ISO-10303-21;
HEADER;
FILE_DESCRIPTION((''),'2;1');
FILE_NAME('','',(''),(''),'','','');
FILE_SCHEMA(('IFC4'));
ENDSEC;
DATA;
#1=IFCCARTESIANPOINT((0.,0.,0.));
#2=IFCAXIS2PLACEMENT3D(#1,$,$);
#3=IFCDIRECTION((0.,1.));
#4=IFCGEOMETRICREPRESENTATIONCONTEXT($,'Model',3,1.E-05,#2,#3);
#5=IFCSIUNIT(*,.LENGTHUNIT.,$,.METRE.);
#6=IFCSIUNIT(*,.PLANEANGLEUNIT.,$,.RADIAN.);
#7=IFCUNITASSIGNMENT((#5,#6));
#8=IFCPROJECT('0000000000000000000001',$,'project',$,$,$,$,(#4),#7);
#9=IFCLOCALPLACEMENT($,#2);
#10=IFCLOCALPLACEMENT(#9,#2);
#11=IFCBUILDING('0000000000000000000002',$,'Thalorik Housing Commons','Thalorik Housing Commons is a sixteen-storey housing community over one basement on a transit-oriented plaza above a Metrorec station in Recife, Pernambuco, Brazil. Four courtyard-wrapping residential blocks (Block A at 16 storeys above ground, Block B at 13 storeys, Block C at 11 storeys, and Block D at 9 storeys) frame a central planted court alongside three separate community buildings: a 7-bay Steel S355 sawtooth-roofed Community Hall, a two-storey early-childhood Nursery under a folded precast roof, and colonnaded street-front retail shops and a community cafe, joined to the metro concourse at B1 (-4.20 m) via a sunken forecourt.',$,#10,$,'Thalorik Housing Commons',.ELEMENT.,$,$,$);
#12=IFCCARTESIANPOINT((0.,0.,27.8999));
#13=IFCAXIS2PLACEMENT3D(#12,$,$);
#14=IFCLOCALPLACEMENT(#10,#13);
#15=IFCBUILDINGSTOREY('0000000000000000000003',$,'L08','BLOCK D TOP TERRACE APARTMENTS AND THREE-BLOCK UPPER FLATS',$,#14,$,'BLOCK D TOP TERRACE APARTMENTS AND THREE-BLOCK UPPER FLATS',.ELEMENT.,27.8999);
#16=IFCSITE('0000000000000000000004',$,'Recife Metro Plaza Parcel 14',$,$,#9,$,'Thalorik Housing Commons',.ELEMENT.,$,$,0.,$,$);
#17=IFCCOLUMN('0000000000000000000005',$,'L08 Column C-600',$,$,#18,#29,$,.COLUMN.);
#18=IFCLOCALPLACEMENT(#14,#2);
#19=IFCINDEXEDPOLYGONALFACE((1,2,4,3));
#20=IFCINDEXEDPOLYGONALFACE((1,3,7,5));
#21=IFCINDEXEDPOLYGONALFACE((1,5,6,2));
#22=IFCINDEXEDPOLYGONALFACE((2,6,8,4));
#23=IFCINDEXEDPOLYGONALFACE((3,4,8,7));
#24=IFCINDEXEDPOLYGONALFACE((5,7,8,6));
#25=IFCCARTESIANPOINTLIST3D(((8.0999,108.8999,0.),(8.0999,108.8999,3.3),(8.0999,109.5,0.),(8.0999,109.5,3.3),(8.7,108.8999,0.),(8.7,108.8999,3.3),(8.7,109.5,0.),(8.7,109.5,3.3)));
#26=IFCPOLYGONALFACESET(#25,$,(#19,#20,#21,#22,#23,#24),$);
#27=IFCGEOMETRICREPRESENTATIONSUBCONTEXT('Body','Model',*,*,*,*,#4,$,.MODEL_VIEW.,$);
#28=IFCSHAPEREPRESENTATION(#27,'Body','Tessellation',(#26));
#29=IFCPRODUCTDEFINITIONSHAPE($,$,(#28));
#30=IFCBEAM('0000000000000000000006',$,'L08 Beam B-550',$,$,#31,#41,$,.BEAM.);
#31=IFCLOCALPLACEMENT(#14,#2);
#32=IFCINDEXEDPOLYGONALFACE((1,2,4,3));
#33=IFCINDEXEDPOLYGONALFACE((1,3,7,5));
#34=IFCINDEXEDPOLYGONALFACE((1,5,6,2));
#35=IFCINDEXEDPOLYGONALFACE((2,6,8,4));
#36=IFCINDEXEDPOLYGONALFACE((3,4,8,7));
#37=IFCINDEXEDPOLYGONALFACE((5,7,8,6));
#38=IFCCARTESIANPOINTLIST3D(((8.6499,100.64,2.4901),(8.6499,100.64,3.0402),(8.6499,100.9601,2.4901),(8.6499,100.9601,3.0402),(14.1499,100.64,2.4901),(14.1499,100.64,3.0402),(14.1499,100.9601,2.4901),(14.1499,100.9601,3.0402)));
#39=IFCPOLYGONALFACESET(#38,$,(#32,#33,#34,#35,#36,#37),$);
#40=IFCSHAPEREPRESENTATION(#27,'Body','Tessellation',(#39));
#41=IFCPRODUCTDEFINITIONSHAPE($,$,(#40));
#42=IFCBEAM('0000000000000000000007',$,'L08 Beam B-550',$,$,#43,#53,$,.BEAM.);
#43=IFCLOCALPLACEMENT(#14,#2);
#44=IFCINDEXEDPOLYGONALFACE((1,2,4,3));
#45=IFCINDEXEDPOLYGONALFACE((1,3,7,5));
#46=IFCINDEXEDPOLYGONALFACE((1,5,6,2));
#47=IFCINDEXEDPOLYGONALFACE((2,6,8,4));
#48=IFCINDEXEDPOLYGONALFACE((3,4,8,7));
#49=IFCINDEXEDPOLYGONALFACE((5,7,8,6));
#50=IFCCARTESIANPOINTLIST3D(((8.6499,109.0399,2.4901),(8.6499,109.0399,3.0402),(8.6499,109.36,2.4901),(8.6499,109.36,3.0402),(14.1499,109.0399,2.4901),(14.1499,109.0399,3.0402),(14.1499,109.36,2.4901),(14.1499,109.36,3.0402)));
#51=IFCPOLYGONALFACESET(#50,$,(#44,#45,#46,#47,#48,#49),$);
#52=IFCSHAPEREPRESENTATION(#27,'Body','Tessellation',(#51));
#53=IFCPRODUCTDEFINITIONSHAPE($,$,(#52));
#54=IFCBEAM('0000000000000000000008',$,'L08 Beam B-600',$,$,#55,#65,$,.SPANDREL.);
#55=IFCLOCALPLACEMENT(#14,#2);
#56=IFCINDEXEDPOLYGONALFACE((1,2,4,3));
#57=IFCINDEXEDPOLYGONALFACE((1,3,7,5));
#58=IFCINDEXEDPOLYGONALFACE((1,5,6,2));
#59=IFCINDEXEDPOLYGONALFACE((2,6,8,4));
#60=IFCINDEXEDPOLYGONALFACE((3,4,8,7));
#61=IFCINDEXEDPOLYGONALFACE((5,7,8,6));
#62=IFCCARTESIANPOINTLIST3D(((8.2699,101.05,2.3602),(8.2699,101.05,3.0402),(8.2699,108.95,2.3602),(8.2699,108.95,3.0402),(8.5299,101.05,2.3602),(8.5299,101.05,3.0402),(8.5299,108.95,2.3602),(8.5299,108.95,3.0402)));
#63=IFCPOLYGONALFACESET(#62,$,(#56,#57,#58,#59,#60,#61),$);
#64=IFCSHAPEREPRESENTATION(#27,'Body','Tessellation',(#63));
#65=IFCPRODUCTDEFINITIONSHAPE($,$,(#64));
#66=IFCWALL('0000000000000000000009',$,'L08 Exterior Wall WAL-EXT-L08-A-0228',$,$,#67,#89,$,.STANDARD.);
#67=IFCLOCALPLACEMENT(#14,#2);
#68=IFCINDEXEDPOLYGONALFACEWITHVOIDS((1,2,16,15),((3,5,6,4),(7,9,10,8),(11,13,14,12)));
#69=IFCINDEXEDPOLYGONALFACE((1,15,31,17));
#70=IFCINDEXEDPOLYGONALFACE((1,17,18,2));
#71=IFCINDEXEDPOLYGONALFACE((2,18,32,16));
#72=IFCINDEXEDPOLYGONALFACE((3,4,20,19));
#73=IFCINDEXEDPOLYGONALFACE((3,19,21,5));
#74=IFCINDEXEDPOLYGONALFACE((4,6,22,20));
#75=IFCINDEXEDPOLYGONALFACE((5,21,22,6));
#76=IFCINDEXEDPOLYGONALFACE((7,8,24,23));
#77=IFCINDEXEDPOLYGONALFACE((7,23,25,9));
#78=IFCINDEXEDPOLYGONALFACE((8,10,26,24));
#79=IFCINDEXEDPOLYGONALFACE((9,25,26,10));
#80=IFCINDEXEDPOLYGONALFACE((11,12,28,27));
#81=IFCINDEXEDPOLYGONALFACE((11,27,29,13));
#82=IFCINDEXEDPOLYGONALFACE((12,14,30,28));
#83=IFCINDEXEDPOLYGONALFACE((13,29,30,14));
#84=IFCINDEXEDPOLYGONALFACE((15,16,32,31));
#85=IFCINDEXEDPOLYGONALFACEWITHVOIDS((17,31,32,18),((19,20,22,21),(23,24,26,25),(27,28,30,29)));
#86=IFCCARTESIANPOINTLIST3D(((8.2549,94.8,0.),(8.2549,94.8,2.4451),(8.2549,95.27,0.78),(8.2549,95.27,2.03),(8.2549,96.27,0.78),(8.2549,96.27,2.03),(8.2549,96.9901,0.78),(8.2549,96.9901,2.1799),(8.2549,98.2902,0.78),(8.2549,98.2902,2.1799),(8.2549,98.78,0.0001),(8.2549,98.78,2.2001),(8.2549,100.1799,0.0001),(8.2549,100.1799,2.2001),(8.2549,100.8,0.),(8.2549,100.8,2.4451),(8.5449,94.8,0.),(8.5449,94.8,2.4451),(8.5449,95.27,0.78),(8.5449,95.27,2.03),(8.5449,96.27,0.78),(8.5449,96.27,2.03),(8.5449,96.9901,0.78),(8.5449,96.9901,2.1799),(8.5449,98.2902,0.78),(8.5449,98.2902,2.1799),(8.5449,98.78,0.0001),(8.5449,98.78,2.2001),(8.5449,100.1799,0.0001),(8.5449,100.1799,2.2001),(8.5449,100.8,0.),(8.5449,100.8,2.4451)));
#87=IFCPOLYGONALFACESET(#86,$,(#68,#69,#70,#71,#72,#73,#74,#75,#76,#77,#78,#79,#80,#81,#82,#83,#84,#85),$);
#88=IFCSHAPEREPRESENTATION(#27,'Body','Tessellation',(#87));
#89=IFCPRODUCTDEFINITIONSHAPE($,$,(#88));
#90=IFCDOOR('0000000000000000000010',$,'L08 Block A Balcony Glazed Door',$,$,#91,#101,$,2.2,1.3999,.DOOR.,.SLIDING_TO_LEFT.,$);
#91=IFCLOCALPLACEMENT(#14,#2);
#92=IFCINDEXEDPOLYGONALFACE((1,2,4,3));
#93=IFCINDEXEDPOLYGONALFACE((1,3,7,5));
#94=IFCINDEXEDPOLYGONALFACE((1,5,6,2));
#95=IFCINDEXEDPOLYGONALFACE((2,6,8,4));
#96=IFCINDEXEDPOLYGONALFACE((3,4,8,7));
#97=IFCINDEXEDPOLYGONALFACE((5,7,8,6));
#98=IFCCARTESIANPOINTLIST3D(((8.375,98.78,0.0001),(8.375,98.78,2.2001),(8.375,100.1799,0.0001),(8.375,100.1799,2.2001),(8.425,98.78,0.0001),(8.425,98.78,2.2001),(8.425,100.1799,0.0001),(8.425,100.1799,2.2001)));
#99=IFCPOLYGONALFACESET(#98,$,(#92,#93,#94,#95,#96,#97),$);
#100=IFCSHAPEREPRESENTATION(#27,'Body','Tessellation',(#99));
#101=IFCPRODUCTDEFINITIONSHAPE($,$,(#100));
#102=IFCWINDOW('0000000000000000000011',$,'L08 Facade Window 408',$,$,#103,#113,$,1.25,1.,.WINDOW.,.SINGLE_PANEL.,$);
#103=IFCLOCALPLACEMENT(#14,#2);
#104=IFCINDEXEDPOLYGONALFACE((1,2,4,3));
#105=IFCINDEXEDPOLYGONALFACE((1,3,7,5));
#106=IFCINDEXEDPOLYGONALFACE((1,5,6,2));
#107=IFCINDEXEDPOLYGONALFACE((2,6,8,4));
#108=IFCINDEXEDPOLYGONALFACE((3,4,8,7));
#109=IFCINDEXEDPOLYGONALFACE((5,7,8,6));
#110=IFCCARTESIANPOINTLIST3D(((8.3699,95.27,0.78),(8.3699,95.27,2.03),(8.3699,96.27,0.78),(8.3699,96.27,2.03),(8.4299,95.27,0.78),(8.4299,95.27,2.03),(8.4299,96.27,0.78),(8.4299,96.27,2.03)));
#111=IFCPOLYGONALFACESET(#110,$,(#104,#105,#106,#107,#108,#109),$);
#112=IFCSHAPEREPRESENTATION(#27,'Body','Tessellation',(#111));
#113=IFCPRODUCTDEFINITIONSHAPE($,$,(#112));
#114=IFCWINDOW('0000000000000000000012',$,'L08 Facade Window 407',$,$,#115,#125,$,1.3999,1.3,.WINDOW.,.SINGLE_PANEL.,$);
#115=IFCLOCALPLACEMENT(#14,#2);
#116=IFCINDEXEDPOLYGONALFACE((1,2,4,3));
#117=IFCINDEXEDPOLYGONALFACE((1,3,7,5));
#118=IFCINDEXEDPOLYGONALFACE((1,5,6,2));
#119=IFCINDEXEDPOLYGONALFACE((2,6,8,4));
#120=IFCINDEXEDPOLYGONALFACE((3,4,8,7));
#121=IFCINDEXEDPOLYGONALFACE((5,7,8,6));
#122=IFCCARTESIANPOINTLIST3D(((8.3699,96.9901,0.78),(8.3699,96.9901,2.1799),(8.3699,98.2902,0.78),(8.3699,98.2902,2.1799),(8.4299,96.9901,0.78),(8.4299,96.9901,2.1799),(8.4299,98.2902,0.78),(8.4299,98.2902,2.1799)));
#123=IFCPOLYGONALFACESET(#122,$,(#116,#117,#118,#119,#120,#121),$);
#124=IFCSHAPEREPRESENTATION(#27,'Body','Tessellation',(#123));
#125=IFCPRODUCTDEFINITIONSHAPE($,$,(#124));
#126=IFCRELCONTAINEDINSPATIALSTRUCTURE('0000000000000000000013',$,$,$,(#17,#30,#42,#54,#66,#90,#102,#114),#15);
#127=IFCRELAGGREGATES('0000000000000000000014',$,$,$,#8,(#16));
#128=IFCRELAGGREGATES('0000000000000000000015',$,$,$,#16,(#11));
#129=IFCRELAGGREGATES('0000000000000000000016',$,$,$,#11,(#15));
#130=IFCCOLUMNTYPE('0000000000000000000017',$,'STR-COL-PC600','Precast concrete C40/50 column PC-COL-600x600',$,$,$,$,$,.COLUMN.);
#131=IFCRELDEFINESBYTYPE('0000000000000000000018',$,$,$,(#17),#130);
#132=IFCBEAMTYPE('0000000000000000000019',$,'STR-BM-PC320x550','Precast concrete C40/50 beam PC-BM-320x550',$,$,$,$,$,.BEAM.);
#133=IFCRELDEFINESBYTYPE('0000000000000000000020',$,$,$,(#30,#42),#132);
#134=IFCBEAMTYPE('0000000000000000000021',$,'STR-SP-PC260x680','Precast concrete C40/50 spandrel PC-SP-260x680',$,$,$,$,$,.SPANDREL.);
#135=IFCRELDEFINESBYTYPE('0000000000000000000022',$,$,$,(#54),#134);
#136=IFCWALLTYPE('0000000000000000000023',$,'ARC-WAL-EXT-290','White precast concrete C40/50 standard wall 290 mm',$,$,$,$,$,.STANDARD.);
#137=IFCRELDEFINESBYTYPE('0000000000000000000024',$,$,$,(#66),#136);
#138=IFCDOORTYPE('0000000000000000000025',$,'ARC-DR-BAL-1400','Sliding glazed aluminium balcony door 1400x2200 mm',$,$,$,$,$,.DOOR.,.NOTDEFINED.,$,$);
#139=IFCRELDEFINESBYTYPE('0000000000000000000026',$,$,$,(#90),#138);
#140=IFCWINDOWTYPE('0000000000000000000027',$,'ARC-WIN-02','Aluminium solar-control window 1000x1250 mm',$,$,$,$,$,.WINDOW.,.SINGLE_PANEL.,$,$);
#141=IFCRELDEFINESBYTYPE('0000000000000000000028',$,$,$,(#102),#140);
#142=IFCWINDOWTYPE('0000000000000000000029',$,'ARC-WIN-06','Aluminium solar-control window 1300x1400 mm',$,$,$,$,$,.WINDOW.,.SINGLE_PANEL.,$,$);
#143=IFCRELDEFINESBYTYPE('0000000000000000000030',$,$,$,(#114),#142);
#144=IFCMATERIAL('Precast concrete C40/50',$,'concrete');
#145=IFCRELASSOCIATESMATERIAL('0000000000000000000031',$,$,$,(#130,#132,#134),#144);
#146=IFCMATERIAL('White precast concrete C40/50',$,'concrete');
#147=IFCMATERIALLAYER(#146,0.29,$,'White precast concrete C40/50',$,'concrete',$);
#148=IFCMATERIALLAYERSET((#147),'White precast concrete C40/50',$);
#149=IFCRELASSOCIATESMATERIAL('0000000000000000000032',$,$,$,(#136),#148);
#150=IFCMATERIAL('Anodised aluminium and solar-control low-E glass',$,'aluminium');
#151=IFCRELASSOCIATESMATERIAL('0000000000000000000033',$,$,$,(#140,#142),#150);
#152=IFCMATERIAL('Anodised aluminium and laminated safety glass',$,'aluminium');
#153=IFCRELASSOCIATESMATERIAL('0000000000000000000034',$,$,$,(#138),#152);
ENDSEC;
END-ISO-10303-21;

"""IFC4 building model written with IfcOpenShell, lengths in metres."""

from ifc_helpers import new_model, si_unit, direction, frame, frame_2d, origin, origin_2d, place, context, subcontext, project, spatial, rectangle, extrude, material, layer, layer_set, material_profile, profile_set, type_object, element, fill, save


model = new_model("IFC4")

# Units and contexts
model_context = context("Model", 3, precision=1e-05, world=origin(), true_north=direction((0.0, 1.0)))
body_context = subcontext(model_context, "Body", "Model", "MODEL_VIEW")
ifc_project = project(units=[si_unit("LENGTHUNIT", "METRE"), si_unit("PLANEANGLEUNIT", "RADIAN")], contexts=[model_context])

# Site, building, storey
site_placement = place(None, origin())
site = spatial("IfcSite", under=ifc_project, at=site_placement, Name="Recife Metro Plaza Parcel 14", LongName="Thalorik Housing Commons", CompositionType="ELEMENT", RefElevation=0.0)
building_placement = place(site_placement, origin())
building = spatial("IfcBuilding", under=site, at=building_placement, Name="Thalorik Housing Commons", Description="Thalorik Housing Commons is a sixteen-storey housing community over one basement on a transit-oriented plaza above a Metrorec station in Recife, Pernambuco, Brazil. Four courtyard-wrapping residential blocks (Block A at 16 storeys above ground, Block B at 13 storeys, Block C at 11 storeys, and Block D at 9 storeys) frame a central planted court alongside three separate community buildings: a 7-bay Steel S355 sawtooth-roofed Community Hall, a two-storey early-childhood Nursery under a folded precast roof, and colonnaded street-front retail shops and a community cafe, joined to the metro concourse at B1 (-4.20 m) via a sunken forecourt.", LongName="Thalorik Housing Commons", CompositionType="ELEMENT")
storey_placement = place(building_placement, frame((0.0, 0.0, 27.8999)))
storey = spatial("IfcBuildingStorey", under=building, at=storey_placement, Name="L08", Description="BLOCK D TOP TERRACE APARTMENTS AND THREE-BLOCK UPPER FLATS", LongName="BLOCK D TOP TERRACE APARTMENTS AND THREE-BLOCK UPPER FLATS", CompositionType="ELEMENT", Elevation=27.8999)

# Column
ifc_material_1 = material(Name="Precast concrete C40/50", Category="concrete")
ifc_material_profile_1 = material_profile(ifc_material_1, rectangle(XDim=0.6001, YDim=0.6001, at=origin_2d()), Name="PC 600x600", Category="concrete")
ifc_profile_set_1 = profile_set([ifc_material_profile_1], Name="Precast concrete C40/50")
column_type = type_object("IfcColumnType", Name="STR-COL-PC600", Description="Precast concrete C40/50 column PC-COL-600x600", PredefinedType="COLUMN", material=ifc_profile_set_1)
column_placement = place(storey_placement, frame((8.3999, 109.2, 0.0), z_axis=(0.0, 0.0, 1.0), x_axis=(1.0, 0.0, 0.0)))
element("IfcColumn", 1, at=column_placement, inside=storey, type_object=column_type, Name="L08 Column C-600", PredefinedType="COLUMN", context=body_context, shape_type="SweptSolid", body=[
    extrude(rectangle(XDim=0.6001, YDim=0.6001, at=origin_2d()), origin(), (0.0, 0.0, 1.0), 3.3),
])

# Beams
ifc_material_profile_2 = material_profile(ifc_material_1, rectangle(XDim=0.3201, YDim=0.55, at=origin_2d()), Name="PC 320x550", Category="concrete")
ifc_profile_set_2 = profile_set([ifc_material_profile_2], Name="Precast concrete C40/50")
beam_type_1 = type_object("IfcBeamType", Name="STR-BM-PC320x550", Description="Precast concrete C40/50 beam PC-BM-320x550", PredefinedType="BEAM", material=ifc_profile_set_2)
for number, where, z_axis, x_axis, name in (
    (2, (8.6499, 100.8, 2.7651), (1.0, 0.0, 0.0), (0.0, 1.0, 0.0), "L08 Beam B-550"),
    (3, (8.6499, 109.2, 2.7651), (1.0, 0.0, 0.0), (0.0, 1.0, 0.0), "L08 Beam B-550"),
):
    element("IfcBeam", number, at=place(storey_placement, frame(where, z_axis=z_axis, x_axis=x_axis)), inside=storey, type_object=beam_type_1, Name=name, PredefinedType="BEAM", context=body_context, shape_type="SweptSolid", body=[
        extrude(rectangle(XDim=0.3201, YDim=0.55, at=origin_2d()), origin(), (0.0, 0.0, 1.0), 5.5),
    ])
ifc_material_profile_3 = material_profile(ifc_material_1, rectangle(XDim=0.26, YDim=0.6799, at=origin_2d()), Name="PC SP 260x680", Category="concrete")
ifc_profile_set_3 = profile_set([ifc_material_profile_3], Name="Precast concrete C40/50")
beam_type_2 = type_object("IfcBeamType", Name="STR-SP-PC260x680", Description="Precast concrete C40/50 spandrel PC-SP-260x680", PredefinedType="SPANDREL", material=ifc_profile_set_3)
beam_placement = place(storey_placement, frame((8.3999, 101.05, 2.7002), z_axis=(0.0, 1.0, 0.0), x_axis=(-1.0, 0.0, 0.0)))
element("IfcBeam", 4, at=beam_placement, inside=storey, type_object=beam_type_2, Name="L08 Beam B-600", PredefinedType="SPANDREL", context=body_context, shape_type="SweptSolid", body=[
    extrude(rectangle(XDim=0.26, YDim=0.6799, at=origin_2d()), origin(), (0.0, 0.0, 1.0), 7.8999),
])

# Wall, openings, door, windows
ifc_material_2 = material(Name="White precast concrete C40/50", Category="concrete")
ifc_layer_1 = layer(ifc_material_2, 0.29, Name="White precast concrete C40/50", Category="concrete")
ifc_layer_set_1 = layer_set([ifc_layer_1], Name="White precast concrete C40/50")
wall_type_1 = type_object("IfcWallType", Name="ARC-WAL-EXT-290", Description="White precast concrete C40/50 standard wall 290 mm", PredefinedType="STANDARD", material=ifc_layer_set_1)
ifc_material_3 = material(Name="Anodised aluminium and laminated safety glass", Category="aluminium")
ifc_material_4 = material(Name="Anodised aluminium and solar-control low-E glass", Category="aluminium")
window_type_1 = type_object("IfcWindowType", Name="ARC-WIN-02", Description="Aluminium solar-control window 1000x1250 mm", PartitioningType="SINGLE_PANEL", PredefinedType="WINDOW", material=ifc_material_4)
wall_1_placement = place(storey_placement, frame((8.3999, 100.8, 0.0), z_axis=(0.0, 0.0, 1.0), x_axis=(0.0, -1.0, 0.0)))
wall_1 = element("IfcWall", 5, at=wall_1_placement, inside=storey, type_object=wall_type_1, Name="L08 Exterior Wall WAL-EXT-L08-A-0228", PredefinedType="STANDARD", context=body_context, shape_type="SweptSolid", body=[
    extrude(rectangle(XDim=6.0, YDim=0.29, at=frame_2d((3.0, 0.0))), origin(), (0.0, 0.0, 1.0), 2.4451),
])
opening_1_placement = place(wall_1_placement, frame((0.6201, 0.0, 0.0)))
opening_1 = element("IfcOpeningElement", 6, at=opening_1_placement, cuts=wall_1, PredefinedType="OPENING", context=body_context, shape_type="SweptSolid", body=[
    extrude(rectangle(XDim=1.3999, YDim=2.2, at=frame_2d((0.7, 1.1001))), frame((0.0, 0.155, 0.0), z_axis=(0.0, -1.0, 0.0), x_axis=(1.0, 0.0, 0.0)), (0.0, 0.0, 1.0), 0.3101),
])
opening_2_placement = place(wall_1_placement, frame((2.51, 0.0, 0.78)))
opening_2 = element("IfcOpeningElement", 7, at=opening_2_placement, cuts=wall_1, PredefinedType="OPENING", context=body_context, shape_type="SweptSolid", body=[
    extrude(rectangle(XDim=1.3, YDim=1.3999, at=frame_2d((0.6499, 0.7))), frame((0.0, 0.155, 0.0), z_axis=(0.0, -1.0, 0.0), x_axis=(1.0, 0.0, 0.0)), (0.0, 0.0, 1.0), 0.3101),
])
opening_3_placement = place(wall_1_placement, frame((4.53, 0.0, 0.78)))
opening_3 = element("IfcOpeningElement", 8, at=opening_3_placement, cuts=wall_1, PredefinedType="OPENING", context=body_context, shape_type="SweptSolid", body=[
    extrude(rectangle(XDim=1.0, YDim=1.25, at=frame_2d((0.5, 0.625))), frame((0.0, 0.155, 0.0), z_axis=(0.0, -1.0, 0.0), x_axis=(1.0, 0.0, 0.0)), (0.0, 0.0, 1.0), 0.3101),
])
door_type_1 = type_object("IfcDoorType", Name="ARC-DR-BAL-1400", Description="Sliding glazed aluminium balcony door 1400x2200 mm", OperationType="NOTDEFINED", PredefinedType="DOOR", material=ifc_material_3)
door_1_placement = place(opening_1_placement, frame((1.3999, 0.0, 0.0), z_axis=(0.0, 0.0, 1.0), x_axis=(-1.0, 0.0, 0.0)))
door_1 = element("IfcDoor", 9, at=door_1_placement, inside=storey, type_object=door_type_1, Name="L08 Block A Balcony Glazed Door", OperationType="SLIDING_TO_LEFT", OverallHeight=2.2, OverallWidth=1.3999, PredefinedType="DOOR", context=body_context, shape_type="SweptSolid", body=[
    extrude(rectangle(XDim=1.3999, YDim=2.2, at=frame_2d((0.7, 1.1001))), frame((0.0, 0.0249, 0.0), z_axis=(0.0, -1.0, 0.0), x_axis=(1.0, 0.0, 0.0)), (0.0, 0.0, 1.0), 0.05),
])
fill(opening_1, door_1)
window_1_placement = place(opening_3_placement, origin())
window_1 = element("IfcWindow", 10, at=window_1_placement, inside=storey, type_object=window_type_1, Name="L08 Facade Window 408", OverallHeight=1.25, OverallWidth=1.0, PartitioningType="SINGLE_PANEL", PredefinedType="WINDOW", context=body_context, shape_type="SweptSolid", body=[
    extrude(rectangle(XDim=1.0, YDim=1.25, at=frame_2d((0.5, 0.625))), frame((0.0, 0.03, 0.0), z_axis=(0.0, -1.0, 0.0), x_axis=(1.0, 0.0, 0.0)), (0.0, 0.0, 1.0), 0.0601),
])
fill(opening_3, window_1)
window_type_2 = type_object("IfcWindowType", Name="ARC-WIN-06", Description="Aluminium solar-control window 1300x1400 mm", PartitioningType="SINGLE_PANEL", PredefinedType="WINDOW", material=ifc_material_4)
window_2_placement = place(opening_2_placement, origin())
window_2 = element("IfcWindow", 11, at=window_2_placement, inside=storey, type_object=window_type_2, Name="L08 Facade Window 407", OverallHeight=1.3999, OverallWidth=1.3, PartitioningType="SINGLE_PANEL", PredefinedType="WINDOW", context=body_context, shape_type="SweptSolid", body=[
    extrude(rectangle(XDim=1.3, YDim=1.3999, at=frame_2d((0.6499, 0.7))), frame((0.0, 0.03, 0.0), z_axis=(0.0, -1.0, 0.0), x_axis=(1.0, 0.0, 0.0)), (0.0, 0.0, 1.0), 0.0601),
])
fill(opening_2, window_2)

save(model, "model.ifc")
